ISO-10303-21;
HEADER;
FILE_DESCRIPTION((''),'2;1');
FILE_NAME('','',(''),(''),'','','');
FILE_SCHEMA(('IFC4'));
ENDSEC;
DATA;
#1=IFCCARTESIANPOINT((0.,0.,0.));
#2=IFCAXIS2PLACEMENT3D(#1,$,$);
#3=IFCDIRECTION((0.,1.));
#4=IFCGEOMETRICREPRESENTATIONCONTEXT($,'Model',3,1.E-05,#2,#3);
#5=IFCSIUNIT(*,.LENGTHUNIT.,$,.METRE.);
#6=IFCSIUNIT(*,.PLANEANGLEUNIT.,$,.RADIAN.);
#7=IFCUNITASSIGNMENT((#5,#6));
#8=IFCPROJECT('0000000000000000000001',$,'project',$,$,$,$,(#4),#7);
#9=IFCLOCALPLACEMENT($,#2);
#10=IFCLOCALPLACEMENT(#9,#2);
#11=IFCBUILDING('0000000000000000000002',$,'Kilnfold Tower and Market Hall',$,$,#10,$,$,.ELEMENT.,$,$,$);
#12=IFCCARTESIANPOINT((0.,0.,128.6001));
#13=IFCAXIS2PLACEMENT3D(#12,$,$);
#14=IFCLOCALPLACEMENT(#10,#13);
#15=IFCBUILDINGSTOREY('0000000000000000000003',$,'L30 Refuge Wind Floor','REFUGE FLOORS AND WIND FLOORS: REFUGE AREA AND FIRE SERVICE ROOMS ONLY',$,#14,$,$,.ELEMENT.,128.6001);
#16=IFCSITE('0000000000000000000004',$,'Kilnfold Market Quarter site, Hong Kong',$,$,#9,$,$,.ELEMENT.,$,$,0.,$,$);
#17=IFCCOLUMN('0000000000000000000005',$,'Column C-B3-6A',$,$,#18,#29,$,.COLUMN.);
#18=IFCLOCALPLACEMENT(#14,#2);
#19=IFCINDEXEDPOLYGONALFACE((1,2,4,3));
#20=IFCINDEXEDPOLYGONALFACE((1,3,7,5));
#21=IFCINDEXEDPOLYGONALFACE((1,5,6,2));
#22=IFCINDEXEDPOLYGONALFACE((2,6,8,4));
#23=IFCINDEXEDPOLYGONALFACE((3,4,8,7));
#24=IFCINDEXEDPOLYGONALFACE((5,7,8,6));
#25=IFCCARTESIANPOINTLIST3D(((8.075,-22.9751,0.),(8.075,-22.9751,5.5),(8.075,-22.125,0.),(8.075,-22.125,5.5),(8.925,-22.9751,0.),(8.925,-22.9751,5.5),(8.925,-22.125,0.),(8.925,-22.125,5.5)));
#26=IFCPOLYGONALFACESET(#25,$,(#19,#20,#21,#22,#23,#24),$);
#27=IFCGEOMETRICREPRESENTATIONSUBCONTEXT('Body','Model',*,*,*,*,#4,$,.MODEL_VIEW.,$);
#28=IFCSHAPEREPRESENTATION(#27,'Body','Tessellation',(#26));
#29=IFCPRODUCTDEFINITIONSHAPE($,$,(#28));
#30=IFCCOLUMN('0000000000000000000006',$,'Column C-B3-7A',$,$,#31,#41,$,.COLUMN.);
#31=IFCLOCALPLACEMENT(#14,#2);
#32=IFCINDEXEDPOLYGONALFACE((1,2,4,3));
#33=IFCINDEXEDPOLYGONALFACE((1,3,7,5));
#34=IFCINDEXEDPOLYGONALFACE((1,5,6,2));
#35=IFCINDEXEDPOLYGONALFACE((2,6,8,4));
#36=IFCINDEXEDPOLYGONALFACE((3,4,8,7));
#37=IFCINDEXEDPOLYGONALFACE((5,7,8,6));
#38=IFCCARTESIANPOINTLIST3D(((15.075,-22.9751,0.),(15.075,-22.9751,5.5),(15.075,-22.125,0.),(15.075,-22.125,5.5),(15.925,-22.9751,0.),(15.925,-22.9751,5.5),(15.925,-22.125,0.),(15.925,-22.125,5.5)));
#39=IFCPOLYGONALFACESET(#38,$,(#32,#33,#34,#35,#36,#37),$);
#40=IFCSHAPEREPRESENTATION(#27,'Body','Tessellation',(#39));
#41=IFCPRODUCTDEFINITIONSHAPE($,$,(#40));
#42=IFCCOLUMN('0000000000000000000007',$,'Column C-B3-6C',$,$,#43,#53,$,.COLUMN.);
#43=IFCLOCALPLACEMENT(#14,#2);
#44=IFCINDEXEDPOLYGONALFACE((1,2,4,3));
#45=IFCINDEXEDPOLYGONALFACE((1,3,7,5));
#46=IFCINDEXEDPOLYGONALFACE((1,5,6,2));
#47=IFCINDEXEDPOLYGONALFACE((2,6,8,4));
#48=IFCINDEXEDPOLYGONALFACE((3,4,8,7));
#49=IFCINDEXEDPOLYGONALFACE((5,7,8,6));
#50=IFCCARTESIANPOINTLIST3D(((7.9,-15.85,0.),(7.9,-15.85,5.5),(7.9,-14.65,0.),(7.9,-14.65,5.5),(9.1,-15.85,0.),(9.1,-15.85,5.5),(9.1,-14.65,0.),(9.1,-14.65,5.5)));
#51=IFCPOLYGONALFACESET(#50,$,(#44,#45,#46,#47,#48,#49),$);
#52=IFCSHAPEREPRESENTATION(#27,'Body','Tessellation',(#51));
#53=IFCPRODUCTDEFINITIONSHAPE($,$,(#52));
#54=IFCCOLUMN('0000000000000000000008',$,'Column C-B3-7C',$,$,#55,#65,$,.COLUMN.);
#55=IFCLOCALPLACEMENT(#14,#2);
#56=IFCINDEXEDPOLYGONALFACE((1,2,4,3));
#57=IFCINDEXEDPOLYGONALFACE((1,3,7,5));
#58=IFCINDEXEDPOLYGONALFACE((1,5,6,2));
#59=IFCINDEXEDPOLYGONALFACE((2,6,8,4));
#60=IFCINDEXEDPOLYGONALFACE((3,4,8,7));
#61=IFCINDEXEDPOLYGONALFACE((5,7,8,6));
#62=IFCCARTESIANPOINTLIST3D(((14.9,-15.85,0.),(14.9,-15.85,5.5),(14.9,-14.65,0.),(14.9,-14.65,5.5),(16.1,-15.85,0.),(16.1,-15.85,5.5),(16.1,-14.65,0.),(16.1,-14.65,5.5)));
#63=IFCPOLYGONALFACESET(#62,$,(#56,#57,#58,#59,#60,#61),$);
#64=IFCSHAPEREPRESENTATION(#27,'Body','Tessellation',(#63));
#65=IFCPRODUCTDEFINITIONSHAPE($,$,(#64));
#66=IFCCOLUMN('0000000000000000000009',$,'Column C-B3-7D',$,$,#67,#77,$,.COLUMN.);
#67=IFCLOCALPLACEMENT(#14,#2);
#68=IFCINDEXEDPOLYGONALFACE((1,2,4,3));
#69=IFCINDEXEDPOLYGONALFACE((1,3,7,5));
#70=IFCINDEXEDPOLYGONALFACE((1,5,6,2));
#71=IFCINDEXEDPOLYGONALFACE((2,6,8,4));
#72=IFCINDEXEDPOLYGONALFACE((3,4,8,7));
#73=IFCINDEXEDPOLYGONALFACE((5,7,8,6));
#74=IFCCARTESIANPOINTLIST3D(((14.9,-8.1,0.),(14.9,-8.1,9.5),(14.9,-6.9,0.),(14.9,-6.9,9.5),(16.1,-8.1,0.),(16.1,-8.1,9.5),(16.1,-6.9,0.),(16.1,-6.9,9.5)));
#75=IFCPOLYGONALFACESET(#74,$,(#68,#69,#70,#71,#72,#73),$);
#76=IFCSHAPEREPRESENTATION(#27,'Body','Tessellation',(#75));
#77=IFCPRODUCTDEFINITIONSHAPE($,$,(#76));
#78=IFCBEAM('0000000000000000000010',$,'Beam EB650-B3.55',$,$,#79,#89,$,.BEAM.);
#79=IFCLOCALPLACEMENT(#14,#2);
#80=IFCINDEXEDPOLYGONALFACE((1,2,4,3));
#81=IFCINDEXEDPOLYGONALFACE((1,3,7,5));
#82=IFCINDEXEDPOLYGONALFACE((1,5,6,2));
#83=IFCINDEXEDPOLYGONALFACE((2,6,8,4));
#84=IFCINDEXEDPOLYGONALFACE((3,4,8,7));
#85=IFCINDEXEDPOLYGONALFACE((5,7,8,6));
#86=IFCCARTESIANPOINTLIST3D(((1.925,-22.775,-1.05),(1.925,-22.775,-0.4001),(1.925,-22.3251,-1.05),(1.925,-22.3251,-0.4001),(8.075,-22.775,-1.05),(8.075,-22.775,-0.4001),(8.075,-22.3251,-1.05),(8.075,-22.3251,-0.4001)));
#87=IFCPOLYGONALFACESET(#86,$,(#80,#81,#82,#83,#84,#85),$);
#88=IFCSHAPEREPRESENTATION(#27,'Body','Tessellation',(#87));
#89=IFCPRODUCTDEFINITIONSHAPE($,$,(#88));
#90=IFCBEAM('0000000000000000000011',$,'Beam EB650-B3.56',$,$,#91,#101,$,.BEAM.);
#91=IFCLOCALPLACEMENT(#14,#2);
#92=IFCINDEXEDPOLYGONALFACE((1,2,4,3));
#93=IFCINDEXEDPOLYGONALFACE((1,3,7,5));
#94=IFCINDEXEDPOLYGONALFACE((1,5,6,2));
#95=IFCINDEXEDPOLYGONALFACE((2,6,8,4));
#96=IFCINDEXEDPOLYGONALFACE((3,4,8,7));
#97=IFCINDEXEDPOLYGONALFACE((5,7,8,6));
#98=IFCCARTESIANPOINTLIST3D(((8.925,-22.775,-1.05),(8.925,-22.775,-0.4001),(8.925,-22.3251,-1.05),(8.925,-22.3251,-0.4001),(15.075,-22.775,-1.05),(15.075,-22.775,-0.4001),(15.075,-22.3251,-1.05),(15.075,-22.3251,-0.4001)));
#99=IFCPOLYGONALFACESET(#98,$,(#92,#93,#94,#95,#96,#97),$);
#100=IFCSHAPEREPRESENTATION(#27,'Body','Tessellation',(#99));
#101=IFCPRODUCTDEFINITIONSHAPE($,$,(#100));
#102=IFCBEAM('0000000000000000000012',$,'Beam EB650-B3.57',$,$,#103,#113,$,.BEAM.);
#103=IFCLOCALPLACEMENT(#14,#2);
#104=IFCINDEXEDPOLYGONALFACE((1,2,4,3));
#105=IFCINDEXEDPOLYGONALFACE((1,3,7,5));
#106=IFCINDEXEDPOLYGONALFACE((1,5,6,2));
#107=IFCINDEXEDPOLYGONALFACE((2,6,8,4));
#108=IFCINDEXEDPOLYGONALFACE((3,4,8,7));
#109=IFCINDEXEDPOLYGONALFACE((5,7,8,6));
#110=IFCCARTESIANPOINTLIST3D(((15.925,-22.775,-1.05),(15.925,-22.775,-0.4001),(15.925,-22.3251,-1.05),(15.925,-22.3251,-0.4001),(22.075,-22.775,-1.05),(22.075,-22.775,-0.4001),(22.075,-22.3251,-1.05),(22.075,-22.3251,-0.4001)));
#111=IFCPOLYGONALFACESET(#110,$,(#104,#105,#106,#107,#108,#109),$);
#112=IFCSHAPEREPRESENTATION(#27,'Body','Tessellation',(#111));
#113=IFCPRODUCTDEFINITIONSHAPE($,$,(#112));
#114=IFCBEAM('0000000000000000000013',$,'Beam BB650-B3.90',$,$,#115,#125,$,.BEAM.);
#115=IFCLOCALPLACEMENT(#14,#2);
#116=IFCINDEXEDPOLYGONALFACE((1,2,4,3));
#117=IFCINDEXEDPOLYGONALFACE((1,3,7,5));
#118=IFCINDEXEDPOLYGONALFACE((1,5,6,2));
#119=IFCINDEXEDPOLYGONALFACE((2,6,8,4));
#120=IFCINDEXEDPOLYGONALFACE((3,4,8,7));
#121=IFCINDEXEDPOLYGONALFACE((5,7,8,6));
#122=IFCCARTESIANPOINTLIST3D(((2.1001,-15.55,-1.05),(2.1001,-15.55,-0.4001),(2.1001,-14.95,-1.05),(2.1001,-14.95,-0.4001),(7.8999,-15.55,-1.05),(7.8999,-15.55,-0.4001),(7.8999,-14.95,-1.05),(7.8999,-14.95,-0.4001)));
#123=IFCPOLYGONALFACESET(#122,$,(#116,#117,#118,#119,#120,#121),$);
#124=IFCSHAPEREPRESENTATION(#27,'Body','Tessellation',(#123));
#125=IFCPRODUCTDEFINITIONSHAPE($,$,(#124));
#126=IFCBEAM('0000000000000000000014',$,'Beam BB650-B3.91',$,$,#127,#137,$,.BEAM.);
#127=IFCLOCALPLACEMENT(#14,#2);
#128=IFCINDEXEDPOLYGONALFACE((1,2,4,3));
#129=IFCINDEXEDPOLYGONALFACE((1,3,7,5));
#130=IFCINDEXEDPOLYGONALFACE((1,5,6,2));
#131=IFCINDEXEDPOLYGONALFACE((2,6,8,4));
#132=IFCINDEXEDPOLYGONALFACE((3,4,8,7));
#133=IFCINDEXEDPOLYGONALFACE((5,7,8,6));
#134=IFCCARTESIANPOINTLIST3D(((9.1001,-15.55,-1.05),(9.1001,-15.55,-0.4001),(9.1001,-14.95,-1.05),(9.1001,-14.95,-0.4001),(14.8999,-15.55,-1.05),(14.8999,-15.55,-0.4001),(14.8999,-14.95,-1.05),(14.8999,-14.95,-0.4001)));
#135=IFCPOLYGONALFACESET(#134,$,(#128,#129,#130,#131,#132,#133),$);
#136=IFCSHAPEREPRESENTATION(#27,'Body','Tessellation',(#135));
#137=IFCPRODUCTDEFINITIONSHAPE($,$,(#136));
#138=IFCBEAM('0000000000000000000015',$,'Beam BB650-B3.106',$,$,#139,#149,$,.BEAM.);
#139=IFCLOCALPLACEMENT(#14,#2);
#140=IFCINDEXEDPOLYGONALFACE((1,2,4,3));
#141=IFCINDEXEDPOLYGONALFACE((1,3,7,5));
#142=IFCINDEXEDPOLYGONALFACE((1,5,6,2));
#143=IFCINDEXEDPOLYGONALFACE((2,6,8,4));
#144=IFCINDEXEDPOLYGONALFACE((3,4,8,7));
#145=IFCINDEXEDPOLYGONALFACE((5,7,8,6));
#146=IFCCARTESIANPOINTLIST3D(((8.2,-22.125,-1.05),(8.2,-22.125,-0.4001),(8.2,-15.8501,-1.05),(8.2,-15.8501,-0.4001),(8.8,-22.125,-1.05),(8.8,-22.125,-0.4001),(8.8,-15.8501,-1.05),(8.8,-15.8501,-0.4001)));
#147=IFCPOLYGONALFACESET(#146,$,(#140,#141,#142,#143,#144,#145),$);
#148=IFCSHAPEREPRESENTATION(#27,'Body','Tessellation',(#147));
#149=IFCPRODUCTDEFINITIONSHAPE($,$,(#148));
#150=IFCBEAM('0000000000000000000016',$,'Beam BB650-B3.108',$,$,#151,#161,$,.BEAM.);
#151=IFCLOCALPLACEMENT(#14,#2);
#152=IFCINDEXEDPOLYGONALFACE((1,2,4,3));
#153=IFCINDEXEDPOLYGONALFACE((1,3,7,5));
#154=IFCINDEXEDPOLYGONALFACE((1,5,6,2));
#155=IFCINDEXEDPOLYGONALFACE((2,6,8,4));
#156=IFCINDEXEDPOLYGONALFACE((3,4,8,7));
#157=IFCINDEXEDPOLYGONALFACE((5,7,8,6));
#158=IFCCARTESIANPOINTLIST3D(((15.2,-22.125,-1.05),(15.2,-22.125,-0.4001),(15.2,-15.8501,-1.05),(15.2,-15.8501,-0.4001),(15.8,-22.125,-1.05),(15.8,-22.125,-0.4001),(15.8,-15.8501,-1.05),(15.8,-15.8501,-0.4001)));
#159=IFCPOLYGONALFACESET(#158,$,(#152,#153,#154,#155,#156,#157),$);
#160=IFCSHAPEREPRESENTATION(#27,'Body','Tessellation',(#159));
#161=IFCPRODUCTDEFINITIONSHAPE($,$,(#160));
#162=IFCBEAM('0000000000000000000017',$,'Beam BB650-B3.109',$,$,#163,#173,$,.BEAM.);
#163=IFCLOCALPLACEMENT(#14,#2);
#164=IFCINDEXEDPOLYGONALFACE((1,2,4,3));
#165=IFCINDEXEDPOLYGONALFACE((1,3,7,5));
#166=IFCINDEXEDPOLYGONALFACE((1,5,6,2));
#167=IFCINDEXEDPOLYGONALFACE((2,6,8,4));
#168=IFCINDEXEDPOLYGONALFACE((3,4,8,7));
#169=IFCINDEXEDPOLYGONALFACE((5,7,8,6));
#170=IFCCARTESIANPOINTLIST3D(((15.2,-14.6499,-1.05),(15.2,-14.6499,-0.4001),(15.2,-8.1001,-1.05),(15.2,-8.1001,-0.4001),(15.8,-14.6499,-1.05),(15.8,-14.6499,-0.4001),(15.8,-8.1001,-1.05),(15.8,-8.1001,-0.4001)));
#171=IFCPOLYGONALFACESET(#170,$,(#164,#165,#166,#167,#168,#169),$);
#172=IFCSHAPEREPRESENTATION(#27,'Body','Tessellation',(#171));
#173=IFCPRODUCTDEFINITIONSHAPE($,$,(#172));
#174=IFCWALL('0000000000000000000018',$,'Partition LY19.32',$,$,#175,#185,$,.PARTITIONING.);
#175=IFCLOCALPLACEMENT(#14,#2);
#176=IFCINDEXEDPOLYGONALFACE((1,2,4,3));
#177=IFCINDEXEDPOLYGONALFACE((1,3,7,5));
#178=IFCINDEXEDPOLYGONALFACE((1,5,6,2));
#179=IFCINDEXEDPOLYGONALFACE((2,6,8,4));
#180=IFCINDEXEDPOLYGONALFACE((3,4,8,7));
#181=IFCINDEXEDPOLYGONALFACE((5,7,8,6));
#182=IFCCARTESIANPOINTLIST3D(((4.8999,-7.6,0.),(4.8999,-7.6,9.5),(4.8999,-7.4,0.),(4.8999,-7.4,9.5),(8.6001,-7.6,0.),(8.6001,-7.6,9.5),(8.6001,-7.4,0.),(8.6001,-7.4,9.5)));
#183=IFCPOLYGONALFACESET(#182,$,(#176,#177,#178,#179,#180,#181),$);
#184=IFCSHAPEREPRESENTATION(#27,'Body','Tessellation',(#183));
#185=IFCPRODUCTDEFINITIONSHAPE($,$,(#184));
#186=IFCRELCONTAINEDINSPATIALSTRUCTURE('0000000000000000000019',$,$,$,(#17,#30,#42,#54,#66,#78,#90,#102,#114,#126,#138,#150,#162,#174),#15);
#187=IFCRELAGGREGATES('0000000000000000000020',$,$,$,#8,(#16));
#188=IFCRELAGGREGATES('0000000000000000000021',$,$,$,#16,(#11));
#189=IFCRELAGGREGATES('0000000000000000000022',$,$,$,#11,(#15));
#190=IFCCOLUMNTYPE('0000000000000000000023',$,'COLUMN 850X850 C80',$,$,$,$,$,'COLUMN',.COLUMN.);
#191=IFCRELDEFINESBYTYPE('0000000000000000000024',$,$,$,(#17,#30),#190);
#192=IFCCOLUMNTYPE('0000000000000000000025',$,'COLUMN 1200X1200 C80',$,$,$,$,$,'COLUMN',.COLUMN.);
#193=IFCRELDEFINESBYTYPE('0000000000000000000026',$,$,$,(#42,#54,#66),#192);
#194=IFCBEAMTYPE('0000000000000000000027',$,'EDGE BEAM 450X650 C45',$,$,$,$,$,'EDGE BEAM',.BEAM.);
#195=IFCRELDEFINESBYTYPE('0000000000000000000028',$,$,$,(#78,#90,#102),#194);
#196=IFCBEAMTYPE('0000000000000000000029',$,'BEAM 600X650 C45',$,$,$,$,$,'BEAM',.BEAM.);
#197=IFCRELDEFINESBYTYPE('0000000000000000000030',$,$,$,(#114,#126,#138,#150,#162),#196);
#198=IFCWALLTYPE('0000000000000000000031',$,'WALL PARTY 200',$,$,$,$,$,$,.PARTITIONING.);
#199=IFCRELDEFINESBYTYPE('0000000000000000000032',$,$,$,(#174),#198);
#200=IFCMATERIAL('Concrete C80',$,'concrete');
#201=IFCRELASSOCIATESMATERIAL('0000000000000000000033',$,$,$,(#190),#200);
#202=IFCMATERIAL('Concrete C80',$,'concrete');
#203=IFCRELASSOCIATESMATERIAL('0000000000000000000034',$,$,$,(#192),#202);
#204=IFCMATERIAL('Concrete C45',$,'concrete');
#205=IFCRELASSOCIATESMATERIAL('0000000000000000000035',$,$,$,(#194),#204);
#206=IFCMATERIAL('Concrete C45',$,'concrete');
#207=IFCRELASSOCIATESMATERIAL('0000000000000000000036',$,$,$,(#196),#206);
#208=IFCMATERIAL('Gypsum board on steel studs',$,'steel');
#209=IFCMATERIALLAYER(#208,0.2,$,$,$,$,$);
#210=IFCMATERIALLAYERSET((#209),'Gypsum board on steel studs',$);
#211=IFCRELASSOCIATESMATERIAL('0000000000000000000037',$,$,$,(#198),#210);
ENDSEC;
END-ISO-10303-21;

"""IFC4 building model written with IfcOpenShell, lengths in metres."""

from ifc_helpers import new_model, si_unit, direction, frame, frame_2d, origin, origin_2d, place, context, subcontext, project, spatial, rectangle, extrude, source, transform, mapped, material, layer, layer_set, material_profile, profile_set, type_object, element, save


model = new_model("IFC4")

# Units and contexts
model_context = context("Model", 3, precision=1e-05, world=origin(), true_north=direction((0.0, 1.0)))
body_context = subcontext(model_context, "Body", "Model", "MODEL_VIEW")
ifc_project = project(units=[si_unit("LENGTHUNIT", "METRE"), si_unit("PLANEANGLEUNIT", "RADIAN")], contexts=[model_context])

# Site, building, storey
site_placement = place(None, origin())
site = spatial("IfcSite", under=ifc_project, at=site_placement, Name="Kilnfold Market Quarter site, Hong Kong", CompositionType="ELEMENT", RefElevation=0.0)
building_placement = place(site_placement, origin())
building = spatial("IfcBuilding", under=site, at=building_placement, Name="Kilnfold Tower and Market Hall", CompositionType="ELEMENT")
storey_placement = place(building_placement, frame((0.0, 0.0, 128.6001)))
storey = spatial("IfcBuildingStorey", under=building, at=storey_placement, Name="L30 Refuge Wind Floor", Description="REFUGE FLOORS AND WIND FLOORS: REFUGE AREA AND FIRE SERVICE ROOMS ONLY", CompositionType="ELEMENT", Elevation=128.6001)

# Columns
ifc_material_1 = material(Name="Concrete C80", Category="concrete")
ifc_material_profile_1 = material_profile(ifc_material_1, rectangle(XDim=0.8501, YDim=0.8501, at=origin_2d()), Name="RC 850x850")
ifc_profile_set_1 = profile_set([ifc_material_profile_1], Name="Concrete C80")
column_type_1 = type_object("IfcColumnType", Name="COLUMN 850X850 C80", ElementType="COLUMN", PredefinedType="COLUMN", material=ifc_profile_set_1)
shared_shape_1 = source(origin(), body_context, "Body", "SweptSolid", [
    extrude(rectangle(XDim=0.8501, YDim=0.8501, at=origin_2d()), origin(), (0.0, 0.0, 1.0), 5.5),
])
for number, where, z_axis, x_axis, name in (
    (1, (8.5, -22.55, 0.0), (0.0, 0.0, 1.0), (1.0, 0.0, 0.0), "Column C-B3-6A"),
    (2, (15.5, -22.55, 0.0), (0.0, 0.0, 1.0), (1.0, 0.0, 0.0), "Column C-B3-7A"),
):
    element("IfcColumn", number, at=place(storey_placement, frame(where, z_axis=z_axis, x_axis=x_axis)), inside=storey, type_object=column_type_1, Name=name, PredefinedType="COLUMN", context=body_context, shape_type="MappedRepresentation", body=[
        mapped(shared_shape_1, transform((0.0, 0.0, 0.0))),
    ])
ifc_material_2 = material(Name="Concrete C80", Category="concrete")
ifc_material_profile_2 = material_profile(ifc_material_2, rectangle(XDim=1.2, YDim=1.2, at=origin_2d()), Name="RC 1200x1200")
ifc_profile_set_2 = profile_set([ifc_material_profile_2], Name="Concrete C80")
column_type_2 = type_object("IfcColumnType", Name="COLUMN 1200X1200 C80", ElementType="COLUMN", PredefinedType="COLUMN", material=ifc_profile_set_2)
shared_shape_2 = source(origin(), body_context, "Body", "SweptSolid", [
    extrude(rectangle(XDim=1.2, YDim=1.2, at=origin_2d()), origin(), (0.0, 0.0, 1.0), 5.5),
])
for number, where, z_axis, x_axis, name in (
    (3, (8.5, -15.25, 0.0), (0.0, 0.0, 1.0), (1.0, 0.0, 0.0), "Column C-B3-6C"),
    (4, (15.5, -15.25, 0.0), (0.0, 0.0, 1.0), (1.0, 0.0, 0.0), "Column C-B3-7C"),
):
    element("IfcColumn", number, at=place(storey_placement, frame(where, z_axis=z_axis, x_axis=x_axis)), inside=storey, type_object=column_type_2, Name=name, PredefinedType="COLUMN", context=body_context, shape_type="MappedRepresentation", body=[
        mapped(shared_shape_2, transform((0.0, 0.0, 0.0))),
    ])
shared_shape_3 = source(origin(), body_context, "Body", "SweptSolid", [
    extrude(rectangle(XDim=1.2, YDim=1.2, at=origin_2d()), origin(), (0.0, 0.0, 1.0), 9.5),
])
column_placement = place(storey_placement, frame((15.5, -7.5, 0.0), z_axis=(0.0, 0.0, 1.0), x_axis=(1.0, 0.0, 0.0)))
element("IfcColumn", 5, at=column_placement, inside=storey, type_object=column_type_2, Name="Column C-B3-7D", PredefinedType="COLUMN", context=body_context, shape_type="MappedRepresentation", body=[
    mapped(shared_shape_3, transform((0.0, 0.0, 0.0))),
])

# Beams
ifc_material_3 = material(Name="Concrete C45", Category="concrete")
ifc_material_profile_3 = material_profile(ifc_material_3, rectangle(XDim=0.45, YDim=0.6499, at=origin_2d()), Name="RC 450x650")
ifc_profile_set_3 = profile_set([ifc_material_profile_3], Name="Concrete C45")
beam_type_1 = type_object("IfcBeamType", Name="EDGE BEAM 450X650 C45", ElementType="EDGE BEAM", PredefinedType="BEAM", material=ifc_profile_set_3)
shared_shape_4 = source(origin(), body_context, "Body", "SweptSolid", [
    extrude(rectangle(XDim=0.45, YDim=0.6499, at=origin_2d()), origin(), (0.0, 0.0, 1.0), 6.1499),
])
for number, where, z_axis, x_axis, name in (
    (6, (1.925, -22.55, -0.7251), (1.0, 0.0, 0.0), (0.0, 1.0, 0.0), "Beam EB650-B3.55"),
    (7, (8.925, -22.55, -0.7251), (1.0, 0.0, 0.0), (0.0, 1.0, 0.0), "Beam EB650-B3.56"),
    (8, (15.925, -22.55, -0.7251), (1.0, 0.0, 0.0), (0.0, 1.0, 0.0), "Beam EB650-B3.57"),
):
    element("IfcBeam", number, at=place(storey_placement, frame(where, z_axis=z_axis, x_axis=x_axis)), inside=storey, type_object=beam_type_1, Name=name, PredefinedType="BEAM", context=body_context, shape_type="MappedRepresentation", body=[
        mapped(shared_shape_4, transform((0.0, 0.0, 0.0))),
    ])
ifc_material_4 = material(Name="Concrete C45", Category="concrete")
ifc_material_profile_4 = material_profile(ifc_material_4, rectangle(XDim=0.6001, YDim=0.6499, at=origin_2d()), Name="RC 600x650")
ifc_profile_set_4 = profile_set([ifc_material_profile_4], Name="Concrete C45")
beam_type_2 = type_object("IfcBeamType", Name="BEAM 600X650 C45", ElementType="BEAM", PredefinedType="BEAM", material=ifc_profile_set_4)
shared_shape_5 = source(origin(), body_context, "Body", "SweptSolid", [
    extrude(rectangle(XDim=0.6001, YDim=0.6499, at=origin_2d()), origin(), (0.0, 0.0, 1.0), 5.7998),
])
for number, where, z_axis, x_axis, name in (
    (9, (2.1001, -15.25, -0.7251), (1.0, 0.0, 0.0), (0.0, 1.0, 0.0), "Beam BB650-B3.90"),
    (10, (9.1001, -15.25, -0.7251), (1.0, 0.0, 0.0), (0.0, 1.0, 0.0), "Beam BB650-B3.91"),
):
    element("IfcBeam", number, at=place(storey_placement, frame(where, z_axis=z_axis, x_axis=x_axis)), inside=storey, type_object=beam_type_2, Name=name, PredefinedType="BEAM", context=body_context, shape_type="MappedRepresentation", body=[
        mapped(shared_shape_5, transform((0.0, 0.0, 0.0))),
    ])
shared_shape_6 = source(origin(), body_context, "Body", "SweptSolid", [
    extrude(rectangle(XDim=0.6001, YDim=0.6499, at=origin_2d()), origin(), (0.0, 0.0, 1.0), 6.2749),
])
for number, where, z_axis, x_axis, name in (
    (11, (8.5, -22.125, -0.7251), (0.0, 1.0, 0.0), (-1.0, 0.0, 0.0), "Beam BB650-B3.106"),
    (12, (15.5, -22.125, -0.7251), (0.0, 1.0, 0.0), (-1.0, 0.0, 0.0), "Beam BB650-B3.108"),
):
    element("IfcBeam", number, at=place(storey_placement, frame(where, z_axis=z_axis, x_axis=x_axis)), inside=storey, type_object=beam_type_2, Name=name, PredefinedType="BEAM", context=body_context, shape_type="MappedRepresentation", body=[
        mapped(shared_shape_6, transform((0.0, 0.0, 0.0))),
    ])
shared_shape_7 = source(origin(), body_context, "Body", "SweptSolid", [
    extrude(rectangle(XDim=0.6001, YDim=0.6499, at=origin_2d()), origin(), (0.0, 0.0, 1.0), 6.5498),
])
beam_placement = place(storey_placement, frame((15.5, -14.6499, -0.7251), z_axis=(0.0, 1.0, 0.0), x_axis=(-1.0, 0.0, 0.0)))
element("IfcBeam", 13, at=beam_placement, inside=storey, type_object=beam_type_2, Name="Beam BB650-B3.109", PredefinedType="BEAM", context=body_context, shape_type="MappedRepresentation", body=[
    mapped(shared_shape_7, transform((0.0, 0.0, 0.0))),
])

# Wall
ifc_material_5 = material(Name="Gypsum board on steel studs", Category="steel")
ifc_layer = layer(ifc_material_5, 0.2)
ifc_layer_set = layer_set([ifc_layer], Name="Gypsum board on steel studs")
wall_type = type_object("IfcWallType", Name="WALL PARTY 200", PredefinedType="PARTITIONING", material=ifc_layer_set)
wall_1_placement = place(storey_placement, frame((8.6001, -7.5, 0.0), z_axis=(0.0, 0.0, 1.0), x_axis=(-1.0, 0.0, 0.0)))
element("IfcWall", 14, at=wall_1_placement, inside=storey, type_object=wall_type, Name="Partition LY19.32", PredefinedType="PARTITIONING", context=body_context, shape_type="SweptSolid", body=[
    extrude(rectangle(XDim=3.7002, YDim=0.2, at=frame_2d((1.8501, 0.0))), origin(), (0.0, 0.0, 1.0), 9.5),
])

save(model, "model.ifc")
